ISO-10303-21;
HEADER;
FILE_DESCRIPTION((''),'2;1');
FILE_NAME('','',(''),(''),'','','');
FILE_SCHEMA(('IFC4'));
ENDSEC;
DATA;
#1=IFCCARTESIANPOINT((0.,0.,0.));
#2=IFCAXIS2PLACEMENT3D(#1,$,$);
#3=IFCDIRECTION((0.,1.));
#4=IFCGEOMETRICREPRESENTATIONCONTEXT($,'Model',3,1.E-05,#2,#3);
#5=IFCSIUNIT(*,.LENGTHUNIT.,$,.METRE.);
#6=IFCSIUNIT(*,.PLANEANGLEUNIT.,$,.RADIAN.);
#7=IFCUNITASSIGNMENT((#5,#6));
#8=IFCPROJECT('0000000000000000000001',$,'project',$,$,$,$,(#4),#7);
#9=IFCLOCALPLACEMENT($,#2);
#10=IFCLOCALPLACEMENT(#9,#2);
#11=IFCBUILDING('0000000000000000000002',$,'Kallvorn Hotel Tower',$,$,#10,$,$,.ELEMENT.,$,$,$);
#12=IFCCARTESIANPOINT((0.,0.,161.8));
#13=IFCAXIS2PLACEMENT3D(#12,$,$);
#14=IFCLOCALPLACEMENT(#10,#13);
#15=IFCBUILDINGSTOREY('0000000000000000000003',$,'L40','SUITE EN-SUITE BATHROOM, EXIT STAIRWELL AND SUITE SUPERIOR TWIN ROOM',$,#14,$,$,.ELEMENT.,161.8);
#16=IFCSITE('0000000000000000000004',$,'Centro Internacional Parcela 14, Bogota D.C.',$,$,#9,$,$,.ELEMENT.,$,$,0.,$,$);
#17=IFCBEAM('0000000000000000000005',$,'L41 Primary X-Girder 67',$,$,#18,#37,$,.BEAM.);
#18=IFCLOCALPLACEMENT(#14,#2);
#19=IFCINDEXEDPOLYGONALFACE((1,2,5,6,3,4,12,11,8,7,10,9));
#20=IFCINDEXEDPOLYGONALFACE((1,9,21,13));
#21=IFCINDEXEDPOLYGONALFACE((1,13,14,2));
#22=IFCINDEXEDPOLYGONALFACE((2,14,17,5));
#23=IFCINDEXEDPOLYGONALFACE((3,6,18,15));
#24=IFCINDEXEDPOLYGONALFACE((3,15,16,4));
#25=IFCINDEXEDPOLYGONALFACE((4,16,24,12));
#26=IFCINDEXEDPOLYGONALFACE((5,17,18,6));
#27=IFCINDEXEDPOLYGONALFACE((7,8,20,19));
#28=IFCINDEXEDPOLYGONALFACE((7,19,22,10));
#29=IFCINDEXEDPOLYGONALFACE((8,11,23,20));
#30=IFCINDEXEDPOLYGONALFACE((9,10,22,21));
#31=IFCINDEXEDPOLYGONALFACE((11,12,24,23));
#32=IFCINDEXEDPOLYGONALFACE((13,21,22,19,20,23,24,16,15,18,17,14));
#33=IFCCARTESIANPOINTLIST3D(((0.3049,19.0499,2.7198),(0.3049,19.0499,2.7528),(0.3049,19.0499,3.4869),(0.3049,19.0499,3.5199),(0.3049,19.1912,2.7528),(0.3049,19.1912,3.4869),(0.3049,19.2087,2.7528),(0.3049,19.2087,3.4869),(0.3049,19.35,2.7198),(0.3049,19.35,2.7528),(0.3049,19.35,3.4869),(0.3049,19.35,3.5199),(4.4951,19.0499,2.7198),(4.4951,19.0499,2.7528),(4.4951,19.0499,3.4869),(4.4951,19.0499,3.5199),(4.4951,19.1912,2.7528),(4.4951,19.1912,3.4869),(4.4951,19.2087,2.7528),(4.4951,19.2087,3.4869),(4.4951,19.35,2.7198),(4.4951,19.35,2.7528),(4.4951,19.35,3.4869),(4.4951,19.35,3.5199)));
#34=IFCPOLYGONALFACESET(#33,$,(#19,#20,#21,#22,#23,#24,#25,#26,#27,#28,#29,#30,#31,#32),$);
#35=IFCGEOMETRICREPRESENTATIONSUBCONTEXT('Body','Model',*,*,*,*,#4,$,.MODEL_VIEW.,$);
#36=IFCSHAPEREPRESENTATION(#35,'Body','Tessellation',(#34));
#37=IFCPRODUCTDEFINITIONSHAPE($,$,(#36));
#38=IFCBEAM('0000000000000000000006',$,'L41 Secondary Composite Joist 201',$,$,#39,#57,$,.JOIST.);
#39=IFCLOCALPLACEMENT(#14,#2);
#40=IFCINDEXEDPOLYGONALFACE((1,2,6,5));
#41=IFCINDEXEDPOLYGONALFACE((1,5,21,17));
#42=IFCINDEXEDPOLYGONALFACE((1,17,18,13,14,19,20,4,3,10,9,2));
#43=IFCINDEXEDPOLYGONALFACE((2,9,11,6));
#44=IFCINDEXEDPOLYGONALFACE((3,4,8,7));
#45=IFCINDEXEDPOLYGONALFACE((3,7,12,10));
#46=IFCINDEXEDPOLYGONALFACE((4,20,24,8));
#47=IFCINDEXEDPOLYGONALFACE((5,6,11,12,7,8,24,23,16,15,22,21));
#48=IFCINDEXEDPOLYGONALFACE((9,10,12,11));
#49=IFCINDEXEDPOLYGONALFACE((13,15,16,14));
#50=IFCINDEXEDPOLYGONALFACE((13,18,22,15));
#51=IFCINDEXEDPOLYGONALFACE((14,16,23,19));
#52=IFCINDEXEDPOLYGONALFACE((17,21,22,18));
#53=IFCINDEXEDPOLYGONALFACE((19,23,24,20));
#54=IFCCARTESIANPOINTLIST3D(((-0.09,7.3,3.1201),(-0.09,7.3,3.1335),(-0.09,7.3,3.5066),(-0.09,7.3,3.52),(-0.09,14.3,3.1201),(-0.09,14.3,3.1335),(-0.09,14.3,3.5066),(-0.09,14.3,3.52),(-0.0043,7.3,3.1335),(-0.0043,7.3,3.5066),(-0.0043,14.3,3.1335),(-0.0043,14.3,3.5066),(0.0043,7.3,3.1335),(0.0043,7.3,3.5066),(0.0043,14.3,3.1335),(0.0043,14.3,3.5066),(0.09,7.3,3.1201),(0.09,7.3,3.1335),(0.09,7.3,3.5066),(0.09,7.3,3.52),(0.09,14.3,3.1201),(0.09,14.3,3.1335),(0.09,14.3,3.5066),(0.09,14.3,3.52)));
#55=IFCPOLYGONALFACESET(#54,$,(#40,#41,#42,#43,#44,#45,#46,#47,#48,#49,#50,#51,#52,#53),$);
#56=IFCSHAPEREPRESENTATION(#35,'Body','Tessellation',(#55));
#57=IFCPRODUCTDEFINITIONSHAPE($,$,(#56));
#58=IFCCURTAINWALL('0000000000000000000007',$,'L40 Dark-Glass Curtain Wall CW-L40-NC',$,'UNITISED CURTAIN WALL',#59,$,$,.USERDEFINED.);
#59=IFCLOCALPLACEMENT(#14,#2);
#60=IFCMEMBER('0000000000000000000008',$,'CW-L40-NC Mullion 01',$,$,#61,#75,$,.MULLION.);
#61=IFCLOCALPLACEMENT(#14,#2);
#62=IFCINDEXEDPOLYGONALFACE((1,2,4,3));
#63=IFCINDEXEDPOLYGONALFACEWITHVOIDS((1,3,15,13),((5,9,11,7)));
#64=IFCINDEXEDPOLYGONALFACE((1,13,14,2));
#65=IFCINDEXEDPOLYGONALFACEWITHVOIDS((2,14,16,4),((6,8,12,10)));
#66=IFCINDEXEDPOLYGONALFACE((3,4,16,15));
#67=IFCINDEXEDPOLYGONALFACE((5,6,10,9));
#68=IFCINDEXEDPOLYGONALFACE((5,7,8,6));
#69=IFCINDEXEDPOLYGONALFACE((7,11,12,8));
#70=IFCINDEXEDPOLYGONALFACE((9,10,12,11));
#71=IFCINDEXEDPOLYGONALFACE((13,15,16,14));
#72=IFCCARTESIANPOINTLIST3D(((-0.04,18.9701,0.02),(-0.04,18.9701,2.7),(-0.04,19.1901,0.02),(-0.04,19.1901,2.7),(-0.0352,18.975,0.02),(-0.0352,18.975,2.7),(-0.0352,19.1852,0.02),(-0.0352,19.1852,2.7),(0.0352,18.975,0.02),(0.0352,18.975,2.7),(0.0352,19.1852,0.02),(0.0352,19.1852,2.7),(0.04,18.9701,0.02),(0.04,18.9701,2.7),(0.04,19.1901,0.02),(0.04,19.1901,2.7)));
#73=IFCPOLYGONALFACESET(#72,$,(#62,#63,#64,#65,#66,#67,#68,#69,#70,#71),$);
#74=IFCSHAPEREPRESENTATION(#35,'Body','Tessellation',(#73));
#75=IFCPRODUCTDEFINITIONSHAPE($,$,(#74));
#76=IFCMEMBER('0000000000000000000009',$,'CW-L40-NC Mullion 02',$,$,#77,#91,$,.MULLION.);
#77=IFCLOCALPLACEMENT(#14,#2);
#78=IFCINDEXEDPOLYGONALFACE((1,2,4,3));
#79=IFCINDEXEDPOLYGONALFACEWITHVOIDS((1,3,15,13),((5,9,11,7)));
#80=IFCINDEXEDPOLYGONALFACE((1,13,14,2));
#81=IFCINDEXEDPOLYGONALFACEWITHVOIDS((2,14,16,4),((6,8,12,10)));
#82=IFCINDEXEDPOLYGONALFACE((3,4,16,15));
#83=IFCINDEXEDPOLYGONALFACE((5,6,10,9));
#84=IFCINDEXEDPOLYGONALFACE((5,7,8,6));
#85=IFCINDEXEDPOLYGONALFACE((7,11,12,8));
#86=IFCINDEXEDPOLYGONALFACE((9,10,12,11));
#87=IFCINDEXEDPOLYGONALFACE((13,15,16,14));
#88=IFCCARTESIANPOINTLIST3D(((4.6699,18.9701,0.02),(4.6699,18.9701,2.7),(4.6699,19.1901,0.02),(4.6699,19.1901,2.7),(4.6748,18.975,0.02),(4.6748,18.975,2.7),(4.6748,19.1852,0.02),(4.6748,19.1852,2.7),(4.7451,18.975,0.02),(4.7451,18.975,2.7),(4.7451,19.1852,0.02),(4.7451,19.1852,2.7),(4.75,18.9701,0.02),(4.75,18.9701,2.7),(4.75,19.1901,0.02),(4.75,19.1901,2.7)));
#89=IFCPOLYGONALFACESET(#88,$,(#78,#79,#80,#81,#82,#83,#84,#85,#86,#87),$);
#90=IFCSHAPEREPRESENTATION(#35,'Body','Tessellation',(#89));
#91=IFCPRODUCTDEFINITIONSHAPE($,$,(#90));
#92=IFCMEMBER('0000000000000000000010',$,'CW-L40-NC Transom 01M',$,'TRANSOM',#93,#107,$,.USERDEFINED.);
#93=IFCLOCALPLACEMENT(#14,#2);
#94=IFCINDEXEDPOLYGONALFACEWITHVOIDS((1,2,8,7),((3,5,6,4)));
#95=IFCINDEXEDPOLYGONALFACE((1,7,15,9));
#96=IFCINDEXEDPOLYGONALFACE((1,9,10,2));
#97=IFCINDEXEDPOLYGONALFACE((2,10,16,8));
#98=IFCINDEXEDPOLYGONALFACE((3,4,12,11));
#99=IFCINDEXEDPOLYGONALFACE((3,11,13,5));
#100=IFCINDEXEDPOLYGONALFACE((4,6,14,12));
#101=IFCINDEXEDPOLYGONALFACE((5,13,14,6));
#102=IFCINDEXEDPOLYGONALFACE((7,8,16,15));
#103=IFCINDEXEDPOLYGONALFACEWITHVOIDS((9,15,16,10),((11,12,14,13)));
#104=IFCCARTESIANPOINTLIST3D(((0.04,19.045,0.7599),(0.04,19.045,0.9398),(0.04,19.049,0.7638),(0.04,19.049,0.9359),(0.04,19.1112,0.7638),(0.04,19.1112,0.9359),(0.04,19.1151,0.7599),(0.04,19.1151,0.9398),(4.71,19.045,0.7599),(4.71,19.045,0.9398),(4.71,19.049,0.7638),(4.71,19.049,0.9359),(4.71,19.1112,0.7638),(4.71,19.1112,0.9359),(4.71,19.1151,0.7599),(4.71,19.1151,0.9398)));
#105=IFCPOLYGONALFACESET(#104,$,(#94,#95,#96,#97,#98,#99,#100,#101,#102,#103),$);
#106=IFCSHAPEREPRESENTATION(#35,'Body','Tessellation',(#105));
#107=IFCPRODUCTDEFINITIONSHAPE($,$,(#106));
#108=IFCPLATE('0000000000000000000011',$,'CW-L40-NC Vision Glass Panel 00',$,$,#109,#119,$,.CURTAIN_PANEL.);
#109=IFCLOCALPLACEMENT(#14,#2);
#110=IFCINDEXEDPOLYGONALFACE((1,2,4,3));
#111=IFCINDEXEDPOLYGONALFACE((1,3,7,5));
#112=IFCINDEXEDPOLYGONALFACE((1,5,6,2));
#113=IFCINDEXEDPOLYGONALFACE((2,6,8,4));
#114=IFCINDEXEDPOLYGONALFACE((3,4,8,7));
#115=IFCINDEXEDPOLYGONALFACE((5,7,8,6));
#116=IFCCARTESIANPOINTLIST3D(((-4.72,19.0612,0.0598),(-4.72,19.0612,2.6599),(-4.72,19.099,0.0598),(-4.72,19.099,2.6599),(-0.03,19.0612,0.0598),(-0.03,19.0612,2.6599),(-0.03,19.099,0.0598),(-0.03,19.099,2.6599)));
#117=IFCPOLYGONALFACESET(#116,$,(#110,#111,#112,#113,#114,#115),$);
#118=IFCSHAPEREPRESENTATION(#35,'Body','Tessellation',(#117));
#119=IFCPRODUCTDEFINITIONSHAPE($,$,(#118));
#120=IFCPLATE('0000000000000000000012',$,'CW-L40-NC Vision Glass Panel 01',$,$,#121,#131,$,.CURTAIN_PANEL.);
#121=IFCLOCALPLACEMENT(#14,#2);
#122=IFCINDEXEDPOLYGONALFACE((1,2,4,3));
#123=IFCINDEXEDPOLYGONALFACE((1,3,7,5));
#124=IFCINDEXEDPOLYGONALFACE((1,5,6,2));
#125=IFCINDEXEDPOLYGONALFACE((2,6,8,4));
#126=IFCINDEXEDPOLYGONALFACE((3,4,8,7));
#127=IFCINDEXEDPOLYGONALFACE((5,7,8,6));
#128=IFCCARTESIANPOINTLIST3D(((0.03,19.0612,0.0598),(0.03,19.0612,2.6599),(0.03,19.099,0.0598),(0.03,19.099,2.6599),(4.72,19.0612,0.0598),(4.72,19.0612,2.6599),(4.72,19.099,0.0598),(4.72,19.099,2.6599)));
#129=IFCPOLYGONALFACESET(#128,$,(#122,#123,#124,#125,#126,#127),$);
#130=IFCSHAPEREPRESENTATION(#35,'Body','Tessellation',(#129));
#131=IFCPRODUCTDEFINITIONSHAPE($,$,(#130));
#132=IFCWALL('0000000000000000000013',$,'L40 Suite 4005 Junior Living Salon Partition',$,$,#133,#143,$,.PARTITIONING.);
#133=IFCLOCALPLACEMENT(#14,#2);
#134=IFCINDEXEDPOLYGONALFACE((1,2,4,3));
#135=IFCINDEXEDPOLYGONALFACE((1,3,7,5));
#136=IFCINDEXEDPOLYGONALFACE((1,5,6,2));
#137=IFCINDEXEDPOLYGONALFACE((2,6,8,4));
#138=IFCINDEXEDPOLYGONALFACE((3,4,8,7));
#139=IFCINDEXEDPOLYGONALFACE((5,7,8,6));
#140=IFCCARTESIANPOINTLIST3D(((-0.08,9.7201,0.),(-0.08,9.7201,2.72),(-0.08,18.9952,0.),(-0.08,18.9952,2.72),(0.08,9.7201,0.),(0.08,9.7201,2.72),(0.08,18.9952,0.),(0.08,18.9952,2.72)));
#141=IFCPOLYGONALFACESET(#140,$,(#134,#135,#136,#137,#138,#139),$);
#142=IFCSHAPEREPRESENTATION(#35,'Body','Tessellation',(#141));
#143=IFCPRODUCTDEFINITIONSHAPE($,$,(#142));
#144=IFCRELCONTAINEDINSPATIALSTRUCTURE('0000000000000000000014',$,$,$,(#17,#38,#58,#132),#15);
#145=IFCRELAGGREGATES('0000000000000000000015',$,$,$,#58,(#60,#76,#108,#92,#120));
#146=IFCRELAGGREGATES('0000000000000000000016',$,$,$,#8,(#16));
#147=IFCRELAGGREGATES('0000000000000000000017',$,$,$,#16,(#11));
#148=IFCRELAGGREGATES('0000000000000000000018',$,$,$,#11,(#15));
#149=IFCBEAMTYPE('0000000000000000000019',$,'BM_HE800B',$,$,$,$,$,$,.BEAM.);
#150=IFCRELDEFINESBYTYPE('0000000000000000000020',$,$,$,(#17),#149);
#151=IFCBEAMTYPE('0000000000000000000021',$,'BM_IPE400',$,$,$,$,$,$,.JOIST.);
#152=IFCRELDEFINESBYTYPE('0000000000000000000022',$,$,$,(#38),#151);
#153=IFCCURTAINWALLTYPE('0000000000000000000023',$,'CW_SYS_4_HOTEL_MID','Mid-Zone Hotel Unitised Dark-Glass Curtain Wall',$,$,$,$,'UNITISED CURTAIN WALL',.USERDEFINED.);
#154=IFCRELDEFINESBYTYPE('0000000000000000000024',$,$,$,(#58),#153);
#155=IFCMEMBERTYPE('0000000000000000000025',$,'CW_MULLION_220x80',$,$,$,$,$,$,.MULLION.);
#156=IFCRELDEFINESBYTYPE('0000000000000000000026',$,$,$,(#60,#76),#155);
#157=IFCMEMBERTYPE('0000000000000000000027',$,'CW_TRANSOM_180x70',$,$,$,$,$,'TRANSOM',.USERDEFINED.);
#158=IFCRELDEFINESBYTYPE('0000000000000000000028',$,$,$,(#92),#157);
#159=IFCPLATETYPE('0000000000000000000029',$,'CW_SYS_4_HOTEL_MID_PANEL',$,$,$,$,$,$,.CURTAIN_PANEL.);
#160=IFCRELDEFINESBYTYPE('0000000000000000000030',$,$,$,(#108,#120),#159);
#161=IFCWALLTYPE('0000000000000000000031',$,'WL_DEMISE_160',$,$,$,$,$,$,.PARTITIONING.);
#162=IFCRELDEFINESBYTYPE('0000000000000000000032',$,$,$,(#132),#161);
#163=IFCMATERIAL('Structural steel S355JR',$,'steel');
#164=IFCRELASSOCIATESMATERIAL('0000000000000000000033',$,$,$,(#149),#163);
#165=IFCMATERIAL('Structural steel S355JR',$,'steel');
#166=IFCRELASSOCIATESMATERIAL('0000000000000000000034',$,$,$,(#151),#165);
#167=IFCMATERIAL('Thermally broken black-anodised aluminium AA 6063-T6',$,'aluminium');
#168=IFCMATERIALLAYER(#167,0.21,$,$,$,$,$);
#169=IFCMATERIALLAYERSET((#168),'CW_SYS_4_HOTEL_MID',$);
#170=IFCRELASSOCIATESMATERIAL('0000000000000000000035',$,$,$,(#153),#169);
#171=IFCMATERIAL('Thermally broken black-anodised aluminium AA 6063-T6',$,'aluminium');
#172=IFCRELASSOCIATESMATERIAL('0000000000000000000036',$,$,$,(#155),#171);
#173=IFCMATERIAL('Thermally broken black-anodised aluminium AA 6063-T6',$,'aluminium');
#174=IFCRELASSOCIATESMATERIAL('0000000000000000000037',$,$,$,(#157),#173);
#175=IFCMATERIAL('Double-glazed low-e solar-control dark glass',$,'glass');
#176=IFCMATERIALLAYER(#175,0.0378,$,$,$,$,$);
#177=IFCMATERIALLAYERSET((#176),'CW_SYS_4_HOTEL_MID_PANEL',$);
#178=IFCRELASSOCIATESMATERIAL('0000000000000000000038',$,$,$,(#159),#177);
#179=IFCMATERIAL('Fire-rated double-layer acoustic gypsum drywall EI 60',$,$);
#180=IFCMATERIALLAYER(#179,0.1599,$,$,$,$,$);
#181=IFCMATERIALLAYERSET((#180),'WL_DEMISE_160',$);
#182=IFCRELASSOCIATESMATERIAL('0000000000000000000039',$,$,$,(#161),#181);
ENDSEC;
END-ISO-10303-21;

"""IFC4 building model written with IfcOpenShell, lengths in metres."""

from ifc_helpers import new_model, si_unit, direction, frame, frame_2d, origin, origin_2d, place, context, subcontext, project, spatial, rectangle, hollow_rectangle, i_section, extrude, material, layer, layer_set, material_profile, profile_set, type_object, element, aggregate, save


model = new_model("IFC4")

# Units and contexts
model_context = context("Model", 3, precision=1e-05, world=origin(), true_north=direction((0.0, 1.0)))
body_context = subcontext(model_context, "Body", "Model", "MODEL_VIEW")
ifc_project = project(units=[si_unit("LENGTHUNIT", "METRE"), si_unit("PLANEANGLEUNIT", "RADIAN")], contexts=[model_context])

# Site, building, storey
site_placement = place(None, origin())
site = spatial("IfcSite", under=ifc_project, at=site_placement, Name="Centro Internacional Parcela 14, Bogota D.C.", CompositionType="ELEMENT", RefElevation=0.0)
building_placement = place(site_placement, origin())
building = spatial("IfcBuilding", under=site, at=building_placement, Name="Kallvorn Hotel Tower", CompositionType="ELEMENT")
storey_placement = place(building_placement, frame((0.0, 0.0, 161.8)))
storey = spatial("IfcBuildingStorey", under=building, at=storey_placement, Name="L40", Description="SUITE EN-SUITE BATHROOM, EXIT STAIRWELL AND SUITE SUPERIOR TWIN ROOM", CompositionType="ELEMENT", Elevation=161.8)

# Beams
ifc_material_1 = material(Name="Structural steel S355JR", Category="steel")
ifc_material_profile_1 = material_profile(ifc_material_1, i_section(OverallWidth=0.3, OverallDepth=0.8, WebThickness=0.0176, FlangeThickness=0.033, at=origin_2d()), Name="HE 800 B")
ifc_profile_set_1 = profile_set([ifc_material_profile_1], Name="Structural steel S355JR")
beam_type_1 = type_object("IfcBeamType", Name="BM_HE800B", PredefinedType="BEAM", material=ifc_profile_set_1)
beam_1_placement = place(storey_placement, frame((0.3049, 19.2, 3.1199), z_axis=(1.0, 0.0, 0.0), x_axis=(0.0, 1.0, 0.0)))
element("IfcBeam", 1, at=beam_1_placement, inside=storey, type_object=beam_type_1, Name="L41 Primary X-Girder 67", PredefinedType="BEAM", context=body_context, shape_type="SweptSolid", body=[
    extrude(i_section(OverallWidth=0.3, OverallDepth=0.8, WebThickness=0.0176, FlangeThickness=0.033, at=origin_2d()), origin(), (0.0, 0.0, 1.0), 4.1902),
])
ifc_material_2 = material(Name="Structural steel S355JR", Category="steel")
ifc_material_profile_2 = material_profile(ifc_material_2, i_section(OverallWidth=0.1799, OverallDepth=0.3999, WebThickness=0.0085, FlangeThickness=0.0134, at=origin_2d()), Name="IPE 400")
ifc_profile_set_2 = profile_set([ifc_material_profile_2], Name="Structural steel S355JR")
beam_type_2 = type_object("IfcBeamType", Name="BM_IPE400", PredefinedType="JOIST", material=ifc_profile_set_2)
beam_2_placement = place(storey_placement, frame((0.0, 7.3, 3.3201), z_axis=(0.0, 1.0, 0.0), x_axis=(-1.0, 0.0, 0.0)))
element("IfcBeam", 2, at=beam_2_placement, inside=storey, type_object=beam_type_2, Name="L41 Secondary Composite Joist 201", PredefinedType="JOIST", context=body_context, shape_type="SweptSolid", body=[
    extrude(i_section(OverallWidth=0.1799, OverallDepth=0.3999, WebThickness=0.0085, FlangeThickness=0.0134, at=origin_2d()), origin(), (0.0, 0.0, 1.0), 7.0),
])

# Curtain wall, members, plates
ifc_material_3 = material(Name="Thermally broken black-anodised aluminium AA 6063-T6", Category="aluminium")
ifc_layer_1 = layer(ifc_material_3, 0.21)
ifc_layer_set_1 = layer_set([ifc_layer_1], Name="CW_SYS_4_HOTEL_MID")
curtain_wall_type = type_object("IfcCurtainWallType", Name="CW_SYS_4_HOTEL_MID", Description="Mid-Zone Hotel Unitised Dark-Glass Curtain Wall", ElementType="UNITISED CURTAIN WALL", PredefinedType="USERDEFINED", material=ifc_layer_set_1)
curtain_wall_placement = place(storey_placement, origin())
curtain_wall = element("IfcCurtainWall", 3, at=curtain_wall_placement, inside=storey, type_object=curtain_wall_type, Name="L40 Dark-Glass Curtain Wall CW-L40-NC", ObjectType="UNITISED CURTAIN WALL", PredefinedType="USERDEFINED")
ifc_material_4 = material(Name="Thermally broken black-anodised aluminium AA 6063-T6", Category="aluminium")
ifc_material_profile_3 = material_profile(ifc_material_4, hollow_rectangle(XDim=0.0801, YDim=0.22, WallThickness=0.0049, at=origin_2d()), Name="MUL 220x80")
ifc_profile_set_3 = profile_set([ifc_material_profile_3], Name="Thermally broken black-anodised aluminium AA 6063-T6")
member_type_1 = type_object("IfcMemberType", Name="CW_MULLION_220x80", PredefinedType="MULLION", material=ifc_profile_set_3)
member_1_placement = place(storey_placement, frame((0.0, 19.0801, 0.02), z_axis=(0.0, 0.0, 1.0), x_axis=(1.0, 0.0, 0.0)))
member_1 = element("IfcMember", 4, at=member_1_placement, type_object=member_type_1, Name="CW-L40-NC Mullion 01", PredefinedType="MULLION", context=body_context, shape_type="SweptSolid", body=[
    extrude(hollow_rectangle(XDim=0.0801, YDim=0.22, WallThickness=0.0049, at=origin_2d()), origin(), (0.0, 0.0, 1.0), 2.6799),
])
member_2_placement = place(storey_placement, frame((4.71, 19.0801, 0.02), z_axis=(0.0, 0.0, 1.0), x_axis=(1.0, 0.0, 0.0)))
member_2 = element("IfcMember", 5, at=member_2_placement, type_object=member_type_1, Name="CW-L40-NC Mullion 02", PredefinedType="MULLION", context=body_context, shape_type="SweptSolid", body=[
    extrude(hollow_rectangle(XDim=0.0801, YDim=0.22, WallThickness=0.0049, at=origin_2d()), origin(), (0.0, 0.0, 1.0), 2.6799),
])
ifc_material_5 = material(Name="Thermally broken black-anodised aluminium AA 6063-T6", Category="aluminium")
ifc_material_profile_4 = material_profile(ifc_material_5, hollow_rectangle(XDim=0.0701, YDim=0.1799, WallThickness=0.0039, at=origin_2d()), Name="TRN 180x70")
ifc_profile_set_4 = profile_set([ifc_material_profile_4], Name="Thermally broken black-anodised aluminium AA 6063-T6")
member_type_2 = type_object("IfcMemberType", Name="CW_TRANSOM_180x70", ElementType="TRANSOM", PredefinedType="USERDEFINED", material=ifc_profile_set_4)
member_3_placement = place(storey_placement, frame((0.04, 19.0801, 0.8499), z_axis=(1.0, 0.0, 0.0), x_axis=(0.0, 1.0, 0.0)))
member_3 = element("IfcMember", 6, at=member_3_placement, type_object=member_type_2, Name="CW-L40-NC Transom 01M", ObjectType="TRANSOM", PredefinedType="USERDEFINED", context=body_context, shape_type="SweptSolid", body=[
    extrude(hollow_rectangle(XDim=0.0701, YDim=0.1799, WallThickness=0.0039, at=origin_2d()), origin(), (0.0, 0.0, 1.0), 4.6699),
])
ifc_material_6 = material(Name="Double-glazed low-e solar-control dark glass", Category="glass")
ifc_layer_2 = layer(ifc_material_6, 0.0378)
ifc_layer_set_2 = layer_set([ifc_layer_2], Name="CW_SYS_4_HOTEL_MID_PANEL")
plate_type = type_object("IfcPlateType", Name="CW_SYS_4_HOTEL_MID_PANEL", PredefinedType="CURTAIN_PANEL", material=ifc_layer_set_2)
plate_1_placement = place(storey_placement, frame((-2.375, 19.0801, 0.0598), z_axis=(0.0, 0.0, 1.0), x_axis=(1.0, 0.0, 0.0)))
plate_1 = element("IfcPlate", 7, at=plate_1_placement, type_object=plate_type, Name="CW-L40-NC Vision Glass Panel 00", PredefinedType="CURTAIN_PANEL", context=body_context, shape_type="SweptSolid", body=[
    extrude(rectangle(XDim=4.6899, YDim=0.0378, at=origin_2d()), origin(), (0.0, 0.0, 1.0), 2.6001),
])
plate_2_placement = place(storey_placement, frame((2.375, 19.0801, 0.0598), z_axis=(0.0, 0.0, 1.0), x_axis=(1.0, 0.0, 0.0)))
plate_2 = element("IfcPlate", 8, at=plate_2_placement, type_object=plate_type, Name="CW-L40-NC Vision Glass Panel 01", PredefinedType="CURTAIN_PANEL", context=body_context, shape_type="SweptSolid", body=[
    extrude(rectangle(XDim=4.6899, YDim=0.0378, at=origin_2d()), origin(), (0.0, 0.0, 1.0), 2.6001),
])
aggregate(curtain_wall, [member_1, member_2, plate_1, member_3, plate_2])

# Wall
ifc_material_7 = material(Name="Fire-rated double-layer acoustic gypsum drywall EI 60")
ifc_layer_3 = layer(ifc_material_7, 0.1599)
ifc_layer_set_3 = layer_set([ifc_layer_3], Name="WL_DEMISE_160")
wall_type_1 = type_object("IfcWallType", Name="WL_DEMISE_160", PredefinedType="PARTITIONING", material=ifc_layer_set_3)
wall_1_placement = place(storey_placement, frame((0.0, 9.72, 0.0), z_axis=(0.0, 0.0, 1.0), x_axis=(0.0, 1.0, 0.0)))
element("IfcWall", 9, at=wall_1_placement, inside=storey, type_object=wall_type_1, Name="L40 Suite 4005 Junior Living Salon Partition", PredefinedType="PARTITIONING", context=body_context, shape_type="SweptSolid", body=[
    extrude(rectangle(XDim=9.2751, YDim=0.1599, at=frame_2d((4.6377, 0.0))), origin(), (0.0, 0.0, 1.0), 2.72),
])

save(model, "model.ifc")
